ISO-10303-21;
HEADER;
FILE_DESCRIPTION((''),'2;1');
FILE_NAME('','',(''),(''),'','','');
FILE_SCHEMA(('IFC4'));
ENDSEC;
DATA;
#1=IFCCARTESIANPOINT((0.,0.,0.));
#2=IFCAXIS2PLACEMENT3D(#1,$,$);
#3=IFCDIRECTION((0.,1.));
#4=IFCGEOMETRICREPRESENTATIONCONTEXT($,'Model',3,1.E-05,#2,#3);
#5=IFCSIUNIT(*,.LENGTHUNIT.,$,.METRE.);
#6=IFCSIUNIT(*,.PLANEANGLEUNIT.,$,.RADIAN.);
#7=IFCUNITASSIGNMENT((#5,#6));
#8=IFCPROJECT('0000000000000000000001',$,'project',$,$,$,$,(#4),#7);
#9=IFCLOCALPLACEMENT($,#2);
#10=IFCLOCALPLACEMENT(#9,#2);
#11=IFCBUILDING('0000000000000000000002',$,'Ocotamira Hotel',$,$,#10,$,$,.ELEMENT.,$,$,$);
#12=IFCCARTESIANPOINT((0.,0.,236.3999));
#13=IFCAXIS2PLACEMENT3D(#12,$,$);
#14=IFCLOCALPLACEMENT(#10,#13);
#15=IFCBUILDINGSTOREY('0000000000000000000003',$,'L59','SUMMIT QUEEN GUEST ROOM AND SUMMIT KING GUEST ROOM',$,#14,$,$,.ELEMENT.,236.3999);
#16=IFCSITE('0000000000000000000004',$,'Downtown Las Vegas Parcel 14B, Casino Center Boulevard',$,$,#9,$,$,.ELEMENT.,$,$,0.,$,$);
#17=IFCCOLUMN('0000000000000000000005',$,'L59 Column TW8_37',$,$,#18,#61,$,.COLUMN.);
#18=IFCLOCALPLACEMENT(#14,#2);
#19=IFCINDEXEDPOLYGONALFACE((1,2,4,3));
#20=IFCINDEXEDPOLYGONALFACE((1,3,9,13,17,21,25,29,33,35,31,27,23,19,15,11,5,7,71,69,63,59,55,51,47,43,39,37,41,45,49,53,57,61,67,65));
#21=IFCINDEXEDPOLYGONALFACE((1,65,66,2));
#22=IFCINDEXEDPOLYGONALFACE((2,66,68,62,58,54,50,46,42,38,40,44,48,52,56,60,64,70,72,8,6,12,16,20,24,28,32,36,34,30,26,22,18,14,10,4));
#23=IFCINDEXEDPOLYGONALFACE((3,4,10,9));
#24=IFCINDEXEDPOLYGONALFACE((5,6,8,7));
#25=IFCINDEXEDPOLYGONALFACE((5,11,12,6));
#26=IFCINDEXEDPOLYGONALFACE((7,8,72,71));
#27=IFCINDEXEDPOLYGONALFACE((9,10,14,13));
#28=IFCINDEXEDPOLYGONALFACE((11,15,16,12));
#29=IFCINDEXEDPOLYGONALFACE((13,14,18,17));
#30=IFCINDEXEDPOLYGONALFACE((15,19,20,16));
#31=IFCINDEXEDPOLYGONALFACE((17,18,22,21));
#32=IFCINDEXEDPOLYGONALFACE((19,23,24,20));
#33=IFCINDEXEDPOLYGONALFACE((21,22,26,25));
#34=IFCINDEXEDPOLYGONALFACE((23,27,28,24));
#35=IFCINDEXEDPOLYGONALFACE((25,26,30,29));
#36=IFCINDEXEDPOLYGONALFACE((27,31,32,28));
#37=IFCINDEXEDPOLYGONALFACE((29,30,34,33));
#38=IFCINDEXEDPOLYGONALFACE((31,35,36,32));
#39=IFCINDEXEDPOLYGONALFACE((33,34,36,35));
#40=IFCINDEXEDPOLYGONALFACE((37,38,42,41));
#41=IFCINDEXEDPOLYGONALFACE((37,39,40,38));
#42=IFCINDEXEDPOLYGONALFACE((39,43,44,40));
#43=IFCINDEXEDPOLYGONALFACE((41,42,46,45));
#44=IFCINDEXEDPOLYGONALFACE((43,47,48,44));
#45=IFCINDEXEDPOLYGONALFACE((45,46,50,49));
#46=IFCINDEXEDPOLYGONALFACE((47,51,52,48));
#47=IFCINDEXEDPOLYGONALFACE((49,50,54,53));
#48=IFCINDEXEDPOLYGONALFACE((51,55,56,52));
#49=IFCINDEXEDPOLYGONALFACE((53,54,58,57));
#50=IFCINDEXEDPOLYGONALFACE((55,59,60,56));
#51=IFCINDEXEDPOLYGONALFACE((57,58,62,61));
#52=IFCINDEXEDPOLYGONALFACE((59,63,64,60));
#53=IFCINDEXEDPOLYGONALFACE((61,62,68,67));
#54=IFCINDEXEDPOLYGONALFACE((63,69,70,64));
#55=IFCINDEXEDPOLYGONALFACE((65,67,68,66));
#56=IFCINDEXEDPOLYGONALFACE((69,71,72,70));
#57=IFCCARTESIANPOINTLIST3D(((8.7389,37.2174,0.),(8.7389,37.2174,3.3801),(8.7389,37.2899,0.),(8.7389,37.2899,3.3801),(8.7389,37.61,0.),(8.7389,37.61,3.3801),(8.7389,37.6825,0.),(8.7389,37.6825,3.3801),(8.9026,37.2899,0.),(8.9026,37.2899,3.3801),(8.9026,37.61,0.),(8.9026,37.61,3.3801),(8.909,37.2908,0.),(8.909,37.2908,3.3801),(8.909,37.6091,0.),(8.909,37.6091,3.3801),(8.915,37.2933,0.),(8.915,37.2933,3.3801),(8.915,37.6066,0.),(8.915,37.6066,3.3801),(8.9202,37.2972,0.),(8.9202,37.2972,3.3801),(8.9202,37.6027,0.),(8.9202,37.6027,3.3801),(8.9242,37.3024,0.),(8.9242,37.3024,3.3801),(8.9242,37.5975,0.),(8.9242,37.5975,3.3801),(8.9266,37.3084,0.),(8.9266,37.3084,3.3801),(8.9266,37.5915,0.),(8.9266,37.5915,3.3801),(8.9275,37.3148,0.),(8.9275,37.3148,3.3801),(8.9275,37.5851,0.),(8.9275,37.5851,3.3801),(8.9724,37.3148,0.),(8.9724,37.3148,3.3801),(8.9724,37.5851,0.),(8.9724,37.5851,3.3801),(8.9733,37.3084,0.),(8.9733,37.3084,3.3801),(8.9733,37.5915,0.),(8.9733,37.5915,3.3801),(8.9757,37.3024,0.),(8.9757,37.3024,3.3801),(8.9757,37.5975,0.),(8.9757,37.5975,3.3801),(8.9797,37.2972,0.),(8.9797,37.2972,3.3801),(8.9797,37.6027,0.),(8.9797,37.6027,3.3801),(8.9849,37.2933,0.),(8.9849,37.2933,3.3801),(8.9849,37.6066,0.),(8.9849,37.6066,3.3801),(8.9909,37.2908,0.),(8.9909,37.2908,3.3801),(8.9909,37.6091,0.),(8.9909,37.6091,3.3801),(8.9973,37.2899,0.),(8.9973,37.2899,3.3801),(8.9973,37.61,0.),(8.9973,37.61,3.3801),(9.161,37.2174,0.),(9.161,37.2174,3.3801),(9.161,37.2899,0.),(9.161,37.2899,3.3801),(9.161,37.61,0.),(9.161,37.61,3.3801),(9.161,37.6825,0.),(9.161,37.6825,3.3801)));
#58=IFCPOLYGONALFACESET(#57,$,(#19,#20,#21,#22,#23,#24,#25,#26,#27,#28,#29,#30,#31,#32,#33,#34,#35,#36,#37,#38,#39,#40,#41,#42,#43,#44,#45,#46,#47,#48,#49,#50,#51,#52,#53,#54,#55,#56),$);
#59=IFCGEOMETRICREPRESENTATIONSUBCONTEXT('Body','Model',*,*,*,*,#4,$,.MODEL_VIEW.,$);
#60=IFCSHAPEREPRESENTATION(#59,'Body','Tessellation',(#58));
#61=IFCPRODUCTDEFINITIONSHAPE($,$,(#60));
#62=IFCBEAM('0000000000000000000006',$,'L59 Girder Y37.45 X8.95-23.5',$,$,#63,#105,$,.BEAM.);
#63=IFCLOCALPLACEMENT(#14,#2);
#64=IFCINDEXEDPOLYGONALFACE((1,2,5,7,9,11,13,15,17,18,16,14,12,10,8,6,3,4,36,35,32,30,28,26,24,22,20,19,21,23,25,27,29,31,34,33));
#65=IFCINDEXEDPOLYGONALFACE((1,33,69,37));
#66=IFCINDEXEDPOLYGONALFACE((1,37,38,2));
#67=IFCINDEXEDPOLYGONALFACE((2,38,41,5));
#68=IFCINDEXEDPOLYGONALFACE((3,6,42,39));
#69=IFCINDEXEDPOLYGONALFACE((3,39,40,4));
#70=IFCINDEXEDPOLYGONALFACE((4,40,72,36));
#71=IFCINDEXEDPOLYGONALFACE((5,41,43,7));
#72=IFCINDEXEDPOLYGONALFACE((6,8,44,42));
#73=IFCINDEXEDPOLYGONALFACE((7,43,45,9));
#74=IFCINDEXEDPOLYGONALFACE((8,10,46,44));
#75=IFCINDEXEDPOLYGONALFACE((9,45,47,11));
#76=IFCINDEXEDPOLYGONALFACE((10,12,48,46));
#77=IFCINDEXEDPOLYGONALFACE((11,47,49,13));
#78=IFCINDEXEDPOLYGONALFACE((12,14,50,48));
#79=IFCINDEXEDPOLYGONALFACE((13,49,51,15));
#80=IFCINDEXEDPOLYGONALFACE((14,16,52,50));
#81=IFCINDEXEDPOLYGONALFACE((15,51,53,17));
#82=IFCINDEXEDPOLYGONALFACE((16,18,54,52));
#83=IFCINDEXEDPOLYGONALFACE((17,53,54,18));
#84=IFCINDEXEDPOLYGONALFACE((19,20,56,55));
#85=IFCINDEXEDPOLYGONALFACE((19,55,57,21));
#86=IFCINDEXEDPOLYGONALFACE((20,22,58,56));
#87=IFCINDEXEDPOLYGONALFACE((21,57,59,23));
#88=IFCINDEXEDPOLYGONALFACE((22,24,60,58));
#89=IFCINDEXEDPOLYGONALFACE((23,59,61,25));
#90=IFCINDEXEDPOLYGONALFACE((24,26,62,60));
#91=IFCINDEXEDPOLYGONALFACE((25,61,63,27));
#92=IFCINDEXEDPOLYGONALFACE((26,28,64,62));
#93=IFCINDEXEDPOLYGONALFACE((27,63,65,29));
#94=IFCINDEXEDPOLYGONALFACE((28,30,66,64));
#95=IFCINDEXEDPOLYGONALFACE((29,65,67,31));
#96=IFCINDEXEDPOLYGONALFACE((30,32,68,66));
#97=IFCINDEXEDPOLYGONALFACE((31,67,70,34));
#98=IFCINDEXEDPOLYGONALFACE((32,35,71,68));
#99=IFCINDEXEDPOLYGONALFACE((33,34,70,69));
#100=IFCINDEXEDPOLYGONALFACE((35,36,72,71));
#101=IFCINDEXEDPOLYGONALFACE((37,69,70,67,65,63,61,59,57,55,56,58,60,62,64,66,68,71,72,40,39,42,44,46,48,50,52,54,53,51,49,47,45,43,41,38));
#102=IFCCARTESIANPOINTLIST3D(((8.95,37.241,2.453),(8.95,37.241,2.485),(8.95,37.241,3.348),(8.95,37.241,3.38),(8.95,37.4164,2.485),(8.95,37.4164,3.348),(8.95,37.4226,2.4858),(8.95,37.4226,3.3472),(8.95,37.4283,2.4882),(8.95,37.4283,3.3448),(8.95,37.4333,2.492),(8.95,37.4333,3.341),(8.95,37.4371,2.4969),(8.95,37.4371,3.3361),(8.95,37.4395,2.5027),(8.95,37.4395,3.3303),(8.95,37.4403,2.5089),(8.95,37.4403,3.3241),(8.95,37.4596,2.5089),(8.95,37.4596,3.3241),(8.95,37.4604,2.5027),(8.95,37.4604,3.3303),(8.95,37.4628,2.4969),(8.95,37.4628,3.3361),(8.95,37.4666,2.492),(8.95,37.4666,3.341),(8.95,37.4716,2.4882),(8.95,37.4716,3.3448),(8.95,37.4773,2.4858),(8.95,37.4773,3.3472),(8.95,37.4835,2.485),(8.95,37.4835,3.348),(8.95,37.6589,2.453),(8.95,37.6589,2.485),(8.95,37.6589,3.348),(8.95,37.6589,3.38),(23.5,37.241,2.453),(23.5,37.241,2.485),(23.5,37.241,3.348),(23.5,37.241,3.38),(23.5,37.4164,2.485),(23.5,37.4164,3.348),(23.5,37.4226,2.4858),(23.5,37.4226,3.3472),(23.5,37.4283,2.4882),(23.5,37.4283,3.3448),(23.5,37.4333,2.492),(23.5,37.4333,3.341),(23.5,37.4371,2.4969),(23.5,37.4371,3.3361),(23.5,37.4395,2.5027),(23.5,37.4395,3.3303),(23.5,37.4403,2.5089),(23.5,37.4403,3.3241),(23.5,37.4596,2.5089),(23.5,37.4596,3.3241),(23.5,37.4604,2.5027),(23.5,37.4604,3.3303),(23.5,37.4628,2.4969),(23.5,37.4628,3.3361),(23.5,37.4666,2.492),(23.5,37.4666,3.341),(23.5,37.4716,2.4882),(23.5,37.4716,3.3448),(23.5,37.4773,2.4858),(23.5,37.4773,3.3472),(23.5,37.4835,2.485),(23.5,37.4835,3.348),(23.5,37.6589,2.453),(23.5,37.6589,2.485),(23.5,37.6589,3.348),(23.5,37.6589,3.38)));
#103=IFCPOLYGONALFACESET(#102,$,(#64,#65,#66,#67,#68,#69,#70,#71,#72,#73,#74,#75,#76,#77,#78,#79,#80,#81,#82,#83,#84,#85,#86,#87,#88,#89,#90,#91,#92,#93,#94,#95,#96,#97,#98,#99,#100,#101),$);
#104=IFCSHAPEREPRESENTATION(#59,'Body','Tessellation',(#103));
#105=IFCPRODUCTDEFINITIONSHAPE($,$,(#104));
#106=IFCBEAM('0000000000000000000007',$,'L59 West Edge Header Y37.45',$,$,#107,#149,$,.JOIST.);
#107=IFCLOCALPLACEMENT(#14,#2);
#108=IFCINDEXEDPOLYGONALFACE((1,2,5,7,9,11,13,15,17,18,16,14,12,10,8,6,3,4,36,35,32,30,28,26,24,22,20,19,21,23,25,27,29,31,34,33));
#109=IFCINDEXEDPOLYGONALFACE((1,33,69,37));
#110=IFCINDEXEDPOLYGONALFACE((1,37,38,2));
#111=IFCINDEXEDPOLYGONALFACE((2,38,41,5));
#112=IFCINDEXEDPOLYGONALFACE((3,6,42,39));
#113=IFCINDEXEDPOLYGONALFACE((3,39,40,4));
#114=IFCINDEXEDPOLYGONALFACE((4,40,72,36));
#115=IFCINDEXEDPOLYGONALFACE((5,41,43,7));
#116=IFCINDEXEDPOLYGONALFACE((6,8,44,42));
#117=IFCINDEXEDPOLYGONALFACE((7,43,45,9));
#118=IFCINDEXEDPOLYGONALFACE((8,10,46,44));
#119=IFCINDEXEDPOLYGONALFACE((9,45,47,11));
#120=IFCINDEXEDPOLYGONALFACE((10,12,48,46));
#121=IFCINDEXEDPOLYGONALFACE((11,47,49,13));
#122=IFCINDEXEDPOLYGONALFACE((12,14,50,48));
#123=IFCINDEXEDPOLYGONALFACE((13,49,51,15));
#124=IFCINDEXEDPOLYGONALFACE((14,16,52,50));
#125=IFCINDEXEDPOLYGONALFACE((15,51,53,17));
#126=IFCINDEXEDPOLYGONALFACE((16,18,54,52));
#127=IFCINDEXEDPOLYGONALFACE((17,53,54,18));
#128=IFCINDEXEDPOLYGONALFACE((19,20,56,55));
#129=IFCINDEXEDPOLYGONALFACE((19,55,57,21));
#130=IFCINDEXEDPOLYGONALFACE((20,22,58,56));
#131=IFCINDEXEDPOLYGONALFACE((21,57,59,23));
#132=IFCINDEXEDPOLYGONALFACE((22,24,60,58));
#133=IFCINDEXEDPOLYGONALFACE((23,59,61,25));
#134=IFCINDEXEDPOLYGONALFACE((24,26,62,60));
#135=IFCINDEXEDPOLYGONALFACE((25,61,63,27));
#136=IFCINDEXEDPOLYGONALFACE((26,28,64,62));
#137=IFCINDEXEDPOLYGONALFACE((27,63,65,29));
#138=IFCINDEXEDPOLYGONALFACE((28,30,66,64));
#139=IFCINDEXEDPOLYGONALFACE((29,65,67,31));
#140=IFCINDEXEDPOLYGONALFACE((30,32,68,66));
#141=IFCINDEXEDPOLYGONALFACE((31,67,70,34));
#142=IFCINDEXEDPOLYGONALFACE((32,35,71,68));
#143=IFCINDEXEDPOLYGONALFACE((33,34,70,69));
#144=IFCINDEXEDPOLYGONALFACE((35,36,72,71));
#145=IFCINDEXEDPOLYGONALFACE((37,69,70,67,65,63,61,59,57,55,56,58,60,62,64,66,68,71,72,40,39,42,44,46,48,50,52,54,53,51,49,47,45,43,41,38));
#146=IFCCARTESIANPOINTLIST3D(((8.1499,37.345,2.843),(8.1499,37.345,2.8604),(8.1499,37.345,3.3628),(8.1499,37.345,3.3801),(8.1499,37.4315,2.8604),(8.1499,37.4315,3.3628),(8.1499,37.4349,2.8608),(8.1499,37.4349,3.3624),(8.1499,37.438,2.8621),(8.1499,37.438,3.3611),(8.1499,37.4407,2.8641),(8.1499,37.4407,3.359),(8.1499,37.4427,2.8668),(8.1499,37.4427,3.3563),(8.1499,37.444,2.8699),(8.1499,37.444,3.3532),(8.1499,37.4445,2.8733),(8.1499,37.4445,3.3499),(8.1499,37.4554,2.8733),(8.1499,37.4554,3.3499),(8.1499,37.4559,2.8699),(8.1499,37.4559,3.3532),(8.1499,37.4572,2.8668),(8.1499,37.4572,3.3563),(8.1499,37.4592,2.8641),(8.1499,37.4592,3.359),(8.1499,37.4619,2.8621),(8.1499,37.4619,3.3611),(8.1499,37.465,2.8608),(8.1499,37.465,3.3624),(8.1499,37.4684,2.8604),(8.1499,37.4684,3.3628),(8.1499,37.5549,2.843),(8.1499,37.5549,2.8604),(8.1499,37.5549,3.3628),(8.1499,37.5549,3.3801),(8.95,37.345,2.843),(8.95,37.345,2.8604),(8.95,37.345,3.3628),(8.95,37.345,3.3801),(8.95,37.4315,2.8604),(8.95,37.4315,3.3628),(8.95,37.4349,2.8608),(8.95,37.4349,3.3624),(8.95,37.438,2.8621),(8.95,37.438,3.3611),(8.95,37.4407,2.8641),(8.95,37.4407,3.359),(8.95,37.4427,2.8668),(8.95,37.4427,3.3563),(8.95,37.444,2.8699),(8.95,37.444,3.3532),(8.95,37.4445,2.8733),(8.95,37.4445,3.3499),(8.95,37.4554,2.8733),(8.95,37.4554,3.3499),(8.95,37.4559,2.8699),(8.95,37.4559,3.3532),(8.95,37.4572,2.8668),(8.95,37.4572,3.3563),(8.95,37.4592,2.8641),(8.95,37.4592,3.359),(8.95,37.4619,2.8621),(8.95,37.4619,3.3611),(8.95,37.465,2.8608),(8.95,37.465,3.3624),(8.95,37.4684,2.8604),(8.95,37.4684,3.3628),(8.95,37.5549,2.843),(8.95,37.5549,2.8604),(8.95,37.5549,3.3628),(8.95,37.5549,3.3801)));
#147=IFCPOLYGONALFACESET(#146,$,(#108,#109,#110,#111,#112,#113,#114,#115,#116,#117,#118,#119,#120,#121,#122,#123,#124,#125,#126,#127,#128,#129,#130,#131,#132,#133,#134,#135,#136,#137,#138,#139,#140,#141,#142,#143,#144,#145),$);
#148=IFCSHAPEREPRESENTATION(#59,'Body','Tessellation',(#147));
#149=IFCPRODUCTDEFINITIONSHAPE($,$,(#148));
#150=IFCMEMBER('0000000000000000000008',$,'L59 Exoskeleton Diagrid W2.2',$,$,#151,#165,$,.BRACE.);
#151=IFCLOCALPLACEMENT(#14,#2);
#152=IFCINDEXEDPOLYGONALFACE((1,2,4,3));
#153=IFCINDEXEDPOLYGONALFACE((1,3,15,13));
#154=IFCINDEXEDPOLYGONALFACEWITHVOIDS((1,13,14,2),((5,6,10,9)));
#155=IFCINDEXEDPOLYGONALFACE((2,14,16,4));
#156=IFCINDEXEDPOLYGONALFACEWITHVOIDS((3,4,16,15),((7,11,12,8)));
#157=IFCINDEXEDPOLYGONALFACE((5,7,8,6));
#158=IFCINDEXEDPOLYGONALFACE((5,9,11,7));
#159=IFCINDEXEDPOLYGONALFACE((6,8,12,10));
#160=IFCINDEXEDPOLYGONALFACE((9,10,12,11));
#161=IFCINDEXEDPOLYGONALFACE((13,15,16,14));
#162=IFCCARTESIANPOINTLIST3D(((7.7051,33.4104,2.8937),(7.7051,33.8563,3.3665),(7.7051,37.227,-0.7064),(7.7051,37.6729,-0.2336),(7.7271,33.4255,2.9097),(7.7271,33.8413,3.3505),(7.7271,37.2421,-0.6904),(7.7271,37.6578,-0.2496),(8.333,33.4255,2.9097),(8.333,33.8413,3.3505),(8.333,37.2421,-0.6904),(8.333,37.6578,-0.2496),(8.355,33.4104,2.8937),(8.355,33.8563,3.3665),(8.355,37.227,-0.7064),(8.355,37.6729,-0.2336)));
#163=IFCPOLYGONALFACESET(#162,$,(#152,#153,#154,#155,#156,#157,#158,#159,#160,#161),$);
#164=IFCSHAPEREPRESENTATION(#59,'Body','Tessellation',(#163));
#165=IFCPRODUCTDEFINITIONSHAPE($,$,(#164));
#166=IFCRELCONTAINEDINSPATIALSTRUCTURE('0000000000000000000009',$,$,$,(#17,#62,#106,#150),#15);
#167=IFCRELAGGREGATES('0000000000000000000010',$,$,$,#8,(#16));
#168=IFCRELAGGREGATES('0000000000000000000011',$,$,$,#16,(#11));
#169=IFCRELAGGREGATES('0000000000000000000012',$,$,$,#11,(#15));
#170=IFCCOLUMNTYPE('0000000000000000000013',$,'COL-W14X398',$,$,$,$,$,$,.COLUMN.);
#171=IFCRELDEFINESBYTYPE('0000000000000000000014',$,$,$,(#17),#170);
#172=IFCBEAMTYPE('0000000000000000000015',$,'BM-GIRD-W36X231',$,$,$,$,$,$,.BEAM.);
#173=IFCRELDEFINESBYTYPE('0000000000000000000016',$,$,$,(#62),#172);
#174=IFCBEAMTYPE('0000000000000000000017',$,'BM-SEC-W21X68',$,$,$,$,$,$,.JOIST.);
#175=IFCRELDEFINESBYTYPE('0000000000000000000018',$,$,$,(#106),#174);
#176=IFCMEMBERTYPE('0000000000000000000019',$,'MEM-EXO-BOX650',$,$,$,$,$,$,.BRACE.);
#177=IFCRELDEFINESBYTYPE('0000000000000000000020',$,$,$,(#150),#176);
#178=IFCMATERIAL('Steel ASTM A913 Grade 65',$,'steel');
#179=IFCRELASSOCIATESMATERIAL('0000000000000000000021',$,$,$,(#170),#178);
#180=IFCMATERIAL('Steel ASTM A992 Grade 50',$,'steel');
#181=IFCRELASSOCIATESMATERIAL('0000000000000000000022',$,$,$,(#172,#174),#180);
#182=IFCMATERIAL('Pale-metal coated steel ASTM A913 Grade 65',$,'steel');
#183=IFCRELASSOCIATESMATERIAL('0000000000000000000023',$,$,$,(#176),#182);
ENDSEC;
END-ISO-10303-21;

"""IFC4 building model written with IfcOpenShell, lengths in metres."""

from ifc_helpers import new_model, si_unit, direction, frame, origin, origin_2d, place, context, subcontext, project, spatial, hollow_rectangle, i_section, extrude, source, transform, mapped, material, material_profile, profile_set, type_object, element, save


model = new_model("IFC4")

# Units and contexts
model_context = context("Model", 3, precision=1e-05, world=origin(), true_north=direction((0.0, 1.0)))
body_context = subcontext(model_context, "Body", "Model", "MODEL_VIEW")
ifc_project = project(units=[si_unit("LENGTHUNIT", "METRE"), si_unit("PLANEANGLEUNIT", "RADIAN")], contexts=[model_context])

# Site, building, storey
site_placement = place(None, origin())
site = spatial("IfcSite", under=ifc_project, at=site_placement, Name="Downtown Las Vegas Parcel 14B, Casino Center Boulevard", CompositionType="ELEMENT", RefElevation=0.0)
building_placement = place(site_placement, origin())
building = spatial("IfcBuilding", under=site, at=building_placement, Name="Ocotamira Hotel", CompositionType="ELEMENT")
storey_placement = place(building_placement, frame((0.0, 0.0, 236.3999)))
storey = spatial("IfcBuildingStorey", under=building, at=storey_placement, Name="L59", Description="SUMMIT QUEEN GUEST ROOM AND SUMMIT KING GUEST ROOM", CompositionType="ELEMENT", Elevation=236.3999)

# Column
ifc_material_1 = material(Name="Steel ASTM A913 Grade 65", Category="steel")
ifc_material_profile_1 = material_profile(ifc_material_1, i_section(OverallWidth=0.4221, OverallDepth=0.4651, WebThickness=0.0449, FlangeThickness=0.0725, FilletRadius=0.0249, at=origin_2d()), Name="W14X398")
ifc_profile_set_1 = profile_set([ifc_material_profile_1], Name="Steel ASTM A913 Grade 65")
column_type = type_object("IfcColumnType", Name="COL-W14X398", PredefinedType="COLUMN", material=ifc_profile_set_1)
shared_shape_1 = source(origin(), body_context, "Body", "SweptSolid", [
    extrude(i_section(OverallWidth=0.4221, OverallDepth=0.4651, WebThickness=0.0449, FlangeThickness=0.0725, FilletRadius=0.0249, at=origin_2d()), origin(), (0.0, 0.0, 1.0), 3.3801),
])
column_placement = place(storey_placement, frame((8.95, 37.45, 0.0), z_axis=(0.0, 0.0, 1.0), x_axis=(1.0, 0.0, 0.0)))
element("IfcColumn", 1, at=column_placement, inside=storey, type_object=column_type, Name="L59 Column TW8_37", PredefinedType="COLUMN", context=body_context, shape_type="MappedRepresentation", body=[
    mapped(shared_shape_1, transform((0.0, 0.0, 0.0), scale=1.0)),
])

# Beams
ifc_material_2 = material(Name="Steel ASTM A992 Grade 50", Category="steel")
ifc_material_profile_2 = material_profile(ifc_material_2, i_section(OverallWidth=0.418, OverallDepth=0.927, WebThickness=0.0193, FlangeThickness=0.032, FilletRadius=0.0239, at=origin_2d()), Name="W36X231")
ifc_profile_set_2 = profile_set([ifc_material_profile_2], Name="Steel ASTM A992 Grade 50")
beam_type_1 = type_object("IfcBeamType", Name="BM-GIRD-W36X231", PredefinedType="BEAM", material=ifc_profile_set_2)
shared_shape_2 = source(origin(), body_context, "Body", "SweptSolid", [
    extrude(i_section(OverallWidth=0.418, OverallDepth=0.927, WebThickness=0.0193, FlangeThickness=0.032, FilletRadius=0.0239, at=origin_2d()), origin(), (0.0, 0.0, 1.0), 14.55),
])
beam_1_placement = place(storey_placement, frame((8.95, 37.45, 2.9165), z_axis=(1.0, 0.0, 0.0), x_axis=(0.0, 1.0, 0.0)))
element("IfcBeam", 2, at=beam_1_placement, inside=storey, type_object=beam_type_1, Name="L59 Girder Y37.45 X8.95-23.5", PredefinedType="BEAM", context=body_context, shape_type="MappedRepresentation", body=[
    mapped(shared_shape_2, transform((0.0, 0.0, 0.0), scale=1.0)),
])
ifc_material_profile_3 = material_profile(ifc_material_2, i_section(OverallWidth=0.21, OverallDepth=0.5371, WebThickness=0.011, FlangeThickness=0.0173, FilletRadius=0.0129, at=origin_2d()), Name="W21X68")
ifc_profile_set_3 = profile_set([ifc_material_profile_3], Name="Steel ASTM A992 Grade 50")
beam_type_2 = type_object("IfcBeamType", Name="BM-SEC-W21X68", PredefinedType="JOIST", material=ifc_profile_set_3)
shared_shape_3 = source(origin(), body_context, "Body", "SweptSolid", [
    extrude(i_section(OverallWidth=0.21, OverallDepth=0.5371, WebThickness=0.011, FlangeThickness=0.0173, FilletRadius=0.0129, at=origin_2d()), origin(), (0.0, 0.0, 1.0), 0.8),
])
beam_2_placement = place(storey_placement, frame((8.95, 37.45, 3.1116), z_axis=(-1.0, 0.0, 0.0), x_axis=(0.0, -1.0, 0.0)))
element("IfcBeam", 3, at=beam_2_placement, inside=storey, type_object=beam_type_2, Name="L59 West Edge Header Y37.45", PredefinedType="JOIST", context=body_context, shape_type="MappedRepresentation", body=[
    mapped(shared_shape_3, transform((0.0, 0.0, 0.0), scale=1.0)),
])

# Member
ifc_material_3 = material(Name="Pale-metal coated steel ASTM A913 Grade 65", Category="steel")
ifc_material_profile_4 = material_profile(ifc_material_3, hollow_rectangle(XDim=0.6499, YDim=0.6499, WallThickness=0.022, at=origin_2d()), Name="BOX650X650X22")
ifc_profile_set_4 = profile_set([ifc_material_profile_4], Name="Pale-metal coated steel ASTM A913 Grade 65")
member_type_1 = type_object("IfcMemberType", Name="MEM-EXO-BOX650", PredefinedType="BRACE", material=ifc_profile_set_4)
shared_shape_4 = source(origin(), body_context, "Body", "SweptSolid", [
    extrude(hollow_rectangle(XDim=0.6499, YDim=0.6499, WallThickness=0.022, at=origin_2d()), origin(), (0.0, 0.0, 1.0), 5.2466),
])
member_1_placement = place(storey_placement, frame((8.03, 37.45, -0.47), z_axis=(0.0, -0.727443, 0.686168), x_axis=(1.0, 0.0, 0.0)))
element("IfcMember", 4, at=member_1_placement, inside=storey, type_object=member_type_1, Name="L59 Exoskeleton Diagrid W2.2", PredefinedType="BRACE", context=body_context, shape_type="MappedRepresentation", body=[
    mapped(shared_shape_4, transform((0.0, 0.0, 0.0), scale=1.0)),
])

save(model, "model.ifc")
